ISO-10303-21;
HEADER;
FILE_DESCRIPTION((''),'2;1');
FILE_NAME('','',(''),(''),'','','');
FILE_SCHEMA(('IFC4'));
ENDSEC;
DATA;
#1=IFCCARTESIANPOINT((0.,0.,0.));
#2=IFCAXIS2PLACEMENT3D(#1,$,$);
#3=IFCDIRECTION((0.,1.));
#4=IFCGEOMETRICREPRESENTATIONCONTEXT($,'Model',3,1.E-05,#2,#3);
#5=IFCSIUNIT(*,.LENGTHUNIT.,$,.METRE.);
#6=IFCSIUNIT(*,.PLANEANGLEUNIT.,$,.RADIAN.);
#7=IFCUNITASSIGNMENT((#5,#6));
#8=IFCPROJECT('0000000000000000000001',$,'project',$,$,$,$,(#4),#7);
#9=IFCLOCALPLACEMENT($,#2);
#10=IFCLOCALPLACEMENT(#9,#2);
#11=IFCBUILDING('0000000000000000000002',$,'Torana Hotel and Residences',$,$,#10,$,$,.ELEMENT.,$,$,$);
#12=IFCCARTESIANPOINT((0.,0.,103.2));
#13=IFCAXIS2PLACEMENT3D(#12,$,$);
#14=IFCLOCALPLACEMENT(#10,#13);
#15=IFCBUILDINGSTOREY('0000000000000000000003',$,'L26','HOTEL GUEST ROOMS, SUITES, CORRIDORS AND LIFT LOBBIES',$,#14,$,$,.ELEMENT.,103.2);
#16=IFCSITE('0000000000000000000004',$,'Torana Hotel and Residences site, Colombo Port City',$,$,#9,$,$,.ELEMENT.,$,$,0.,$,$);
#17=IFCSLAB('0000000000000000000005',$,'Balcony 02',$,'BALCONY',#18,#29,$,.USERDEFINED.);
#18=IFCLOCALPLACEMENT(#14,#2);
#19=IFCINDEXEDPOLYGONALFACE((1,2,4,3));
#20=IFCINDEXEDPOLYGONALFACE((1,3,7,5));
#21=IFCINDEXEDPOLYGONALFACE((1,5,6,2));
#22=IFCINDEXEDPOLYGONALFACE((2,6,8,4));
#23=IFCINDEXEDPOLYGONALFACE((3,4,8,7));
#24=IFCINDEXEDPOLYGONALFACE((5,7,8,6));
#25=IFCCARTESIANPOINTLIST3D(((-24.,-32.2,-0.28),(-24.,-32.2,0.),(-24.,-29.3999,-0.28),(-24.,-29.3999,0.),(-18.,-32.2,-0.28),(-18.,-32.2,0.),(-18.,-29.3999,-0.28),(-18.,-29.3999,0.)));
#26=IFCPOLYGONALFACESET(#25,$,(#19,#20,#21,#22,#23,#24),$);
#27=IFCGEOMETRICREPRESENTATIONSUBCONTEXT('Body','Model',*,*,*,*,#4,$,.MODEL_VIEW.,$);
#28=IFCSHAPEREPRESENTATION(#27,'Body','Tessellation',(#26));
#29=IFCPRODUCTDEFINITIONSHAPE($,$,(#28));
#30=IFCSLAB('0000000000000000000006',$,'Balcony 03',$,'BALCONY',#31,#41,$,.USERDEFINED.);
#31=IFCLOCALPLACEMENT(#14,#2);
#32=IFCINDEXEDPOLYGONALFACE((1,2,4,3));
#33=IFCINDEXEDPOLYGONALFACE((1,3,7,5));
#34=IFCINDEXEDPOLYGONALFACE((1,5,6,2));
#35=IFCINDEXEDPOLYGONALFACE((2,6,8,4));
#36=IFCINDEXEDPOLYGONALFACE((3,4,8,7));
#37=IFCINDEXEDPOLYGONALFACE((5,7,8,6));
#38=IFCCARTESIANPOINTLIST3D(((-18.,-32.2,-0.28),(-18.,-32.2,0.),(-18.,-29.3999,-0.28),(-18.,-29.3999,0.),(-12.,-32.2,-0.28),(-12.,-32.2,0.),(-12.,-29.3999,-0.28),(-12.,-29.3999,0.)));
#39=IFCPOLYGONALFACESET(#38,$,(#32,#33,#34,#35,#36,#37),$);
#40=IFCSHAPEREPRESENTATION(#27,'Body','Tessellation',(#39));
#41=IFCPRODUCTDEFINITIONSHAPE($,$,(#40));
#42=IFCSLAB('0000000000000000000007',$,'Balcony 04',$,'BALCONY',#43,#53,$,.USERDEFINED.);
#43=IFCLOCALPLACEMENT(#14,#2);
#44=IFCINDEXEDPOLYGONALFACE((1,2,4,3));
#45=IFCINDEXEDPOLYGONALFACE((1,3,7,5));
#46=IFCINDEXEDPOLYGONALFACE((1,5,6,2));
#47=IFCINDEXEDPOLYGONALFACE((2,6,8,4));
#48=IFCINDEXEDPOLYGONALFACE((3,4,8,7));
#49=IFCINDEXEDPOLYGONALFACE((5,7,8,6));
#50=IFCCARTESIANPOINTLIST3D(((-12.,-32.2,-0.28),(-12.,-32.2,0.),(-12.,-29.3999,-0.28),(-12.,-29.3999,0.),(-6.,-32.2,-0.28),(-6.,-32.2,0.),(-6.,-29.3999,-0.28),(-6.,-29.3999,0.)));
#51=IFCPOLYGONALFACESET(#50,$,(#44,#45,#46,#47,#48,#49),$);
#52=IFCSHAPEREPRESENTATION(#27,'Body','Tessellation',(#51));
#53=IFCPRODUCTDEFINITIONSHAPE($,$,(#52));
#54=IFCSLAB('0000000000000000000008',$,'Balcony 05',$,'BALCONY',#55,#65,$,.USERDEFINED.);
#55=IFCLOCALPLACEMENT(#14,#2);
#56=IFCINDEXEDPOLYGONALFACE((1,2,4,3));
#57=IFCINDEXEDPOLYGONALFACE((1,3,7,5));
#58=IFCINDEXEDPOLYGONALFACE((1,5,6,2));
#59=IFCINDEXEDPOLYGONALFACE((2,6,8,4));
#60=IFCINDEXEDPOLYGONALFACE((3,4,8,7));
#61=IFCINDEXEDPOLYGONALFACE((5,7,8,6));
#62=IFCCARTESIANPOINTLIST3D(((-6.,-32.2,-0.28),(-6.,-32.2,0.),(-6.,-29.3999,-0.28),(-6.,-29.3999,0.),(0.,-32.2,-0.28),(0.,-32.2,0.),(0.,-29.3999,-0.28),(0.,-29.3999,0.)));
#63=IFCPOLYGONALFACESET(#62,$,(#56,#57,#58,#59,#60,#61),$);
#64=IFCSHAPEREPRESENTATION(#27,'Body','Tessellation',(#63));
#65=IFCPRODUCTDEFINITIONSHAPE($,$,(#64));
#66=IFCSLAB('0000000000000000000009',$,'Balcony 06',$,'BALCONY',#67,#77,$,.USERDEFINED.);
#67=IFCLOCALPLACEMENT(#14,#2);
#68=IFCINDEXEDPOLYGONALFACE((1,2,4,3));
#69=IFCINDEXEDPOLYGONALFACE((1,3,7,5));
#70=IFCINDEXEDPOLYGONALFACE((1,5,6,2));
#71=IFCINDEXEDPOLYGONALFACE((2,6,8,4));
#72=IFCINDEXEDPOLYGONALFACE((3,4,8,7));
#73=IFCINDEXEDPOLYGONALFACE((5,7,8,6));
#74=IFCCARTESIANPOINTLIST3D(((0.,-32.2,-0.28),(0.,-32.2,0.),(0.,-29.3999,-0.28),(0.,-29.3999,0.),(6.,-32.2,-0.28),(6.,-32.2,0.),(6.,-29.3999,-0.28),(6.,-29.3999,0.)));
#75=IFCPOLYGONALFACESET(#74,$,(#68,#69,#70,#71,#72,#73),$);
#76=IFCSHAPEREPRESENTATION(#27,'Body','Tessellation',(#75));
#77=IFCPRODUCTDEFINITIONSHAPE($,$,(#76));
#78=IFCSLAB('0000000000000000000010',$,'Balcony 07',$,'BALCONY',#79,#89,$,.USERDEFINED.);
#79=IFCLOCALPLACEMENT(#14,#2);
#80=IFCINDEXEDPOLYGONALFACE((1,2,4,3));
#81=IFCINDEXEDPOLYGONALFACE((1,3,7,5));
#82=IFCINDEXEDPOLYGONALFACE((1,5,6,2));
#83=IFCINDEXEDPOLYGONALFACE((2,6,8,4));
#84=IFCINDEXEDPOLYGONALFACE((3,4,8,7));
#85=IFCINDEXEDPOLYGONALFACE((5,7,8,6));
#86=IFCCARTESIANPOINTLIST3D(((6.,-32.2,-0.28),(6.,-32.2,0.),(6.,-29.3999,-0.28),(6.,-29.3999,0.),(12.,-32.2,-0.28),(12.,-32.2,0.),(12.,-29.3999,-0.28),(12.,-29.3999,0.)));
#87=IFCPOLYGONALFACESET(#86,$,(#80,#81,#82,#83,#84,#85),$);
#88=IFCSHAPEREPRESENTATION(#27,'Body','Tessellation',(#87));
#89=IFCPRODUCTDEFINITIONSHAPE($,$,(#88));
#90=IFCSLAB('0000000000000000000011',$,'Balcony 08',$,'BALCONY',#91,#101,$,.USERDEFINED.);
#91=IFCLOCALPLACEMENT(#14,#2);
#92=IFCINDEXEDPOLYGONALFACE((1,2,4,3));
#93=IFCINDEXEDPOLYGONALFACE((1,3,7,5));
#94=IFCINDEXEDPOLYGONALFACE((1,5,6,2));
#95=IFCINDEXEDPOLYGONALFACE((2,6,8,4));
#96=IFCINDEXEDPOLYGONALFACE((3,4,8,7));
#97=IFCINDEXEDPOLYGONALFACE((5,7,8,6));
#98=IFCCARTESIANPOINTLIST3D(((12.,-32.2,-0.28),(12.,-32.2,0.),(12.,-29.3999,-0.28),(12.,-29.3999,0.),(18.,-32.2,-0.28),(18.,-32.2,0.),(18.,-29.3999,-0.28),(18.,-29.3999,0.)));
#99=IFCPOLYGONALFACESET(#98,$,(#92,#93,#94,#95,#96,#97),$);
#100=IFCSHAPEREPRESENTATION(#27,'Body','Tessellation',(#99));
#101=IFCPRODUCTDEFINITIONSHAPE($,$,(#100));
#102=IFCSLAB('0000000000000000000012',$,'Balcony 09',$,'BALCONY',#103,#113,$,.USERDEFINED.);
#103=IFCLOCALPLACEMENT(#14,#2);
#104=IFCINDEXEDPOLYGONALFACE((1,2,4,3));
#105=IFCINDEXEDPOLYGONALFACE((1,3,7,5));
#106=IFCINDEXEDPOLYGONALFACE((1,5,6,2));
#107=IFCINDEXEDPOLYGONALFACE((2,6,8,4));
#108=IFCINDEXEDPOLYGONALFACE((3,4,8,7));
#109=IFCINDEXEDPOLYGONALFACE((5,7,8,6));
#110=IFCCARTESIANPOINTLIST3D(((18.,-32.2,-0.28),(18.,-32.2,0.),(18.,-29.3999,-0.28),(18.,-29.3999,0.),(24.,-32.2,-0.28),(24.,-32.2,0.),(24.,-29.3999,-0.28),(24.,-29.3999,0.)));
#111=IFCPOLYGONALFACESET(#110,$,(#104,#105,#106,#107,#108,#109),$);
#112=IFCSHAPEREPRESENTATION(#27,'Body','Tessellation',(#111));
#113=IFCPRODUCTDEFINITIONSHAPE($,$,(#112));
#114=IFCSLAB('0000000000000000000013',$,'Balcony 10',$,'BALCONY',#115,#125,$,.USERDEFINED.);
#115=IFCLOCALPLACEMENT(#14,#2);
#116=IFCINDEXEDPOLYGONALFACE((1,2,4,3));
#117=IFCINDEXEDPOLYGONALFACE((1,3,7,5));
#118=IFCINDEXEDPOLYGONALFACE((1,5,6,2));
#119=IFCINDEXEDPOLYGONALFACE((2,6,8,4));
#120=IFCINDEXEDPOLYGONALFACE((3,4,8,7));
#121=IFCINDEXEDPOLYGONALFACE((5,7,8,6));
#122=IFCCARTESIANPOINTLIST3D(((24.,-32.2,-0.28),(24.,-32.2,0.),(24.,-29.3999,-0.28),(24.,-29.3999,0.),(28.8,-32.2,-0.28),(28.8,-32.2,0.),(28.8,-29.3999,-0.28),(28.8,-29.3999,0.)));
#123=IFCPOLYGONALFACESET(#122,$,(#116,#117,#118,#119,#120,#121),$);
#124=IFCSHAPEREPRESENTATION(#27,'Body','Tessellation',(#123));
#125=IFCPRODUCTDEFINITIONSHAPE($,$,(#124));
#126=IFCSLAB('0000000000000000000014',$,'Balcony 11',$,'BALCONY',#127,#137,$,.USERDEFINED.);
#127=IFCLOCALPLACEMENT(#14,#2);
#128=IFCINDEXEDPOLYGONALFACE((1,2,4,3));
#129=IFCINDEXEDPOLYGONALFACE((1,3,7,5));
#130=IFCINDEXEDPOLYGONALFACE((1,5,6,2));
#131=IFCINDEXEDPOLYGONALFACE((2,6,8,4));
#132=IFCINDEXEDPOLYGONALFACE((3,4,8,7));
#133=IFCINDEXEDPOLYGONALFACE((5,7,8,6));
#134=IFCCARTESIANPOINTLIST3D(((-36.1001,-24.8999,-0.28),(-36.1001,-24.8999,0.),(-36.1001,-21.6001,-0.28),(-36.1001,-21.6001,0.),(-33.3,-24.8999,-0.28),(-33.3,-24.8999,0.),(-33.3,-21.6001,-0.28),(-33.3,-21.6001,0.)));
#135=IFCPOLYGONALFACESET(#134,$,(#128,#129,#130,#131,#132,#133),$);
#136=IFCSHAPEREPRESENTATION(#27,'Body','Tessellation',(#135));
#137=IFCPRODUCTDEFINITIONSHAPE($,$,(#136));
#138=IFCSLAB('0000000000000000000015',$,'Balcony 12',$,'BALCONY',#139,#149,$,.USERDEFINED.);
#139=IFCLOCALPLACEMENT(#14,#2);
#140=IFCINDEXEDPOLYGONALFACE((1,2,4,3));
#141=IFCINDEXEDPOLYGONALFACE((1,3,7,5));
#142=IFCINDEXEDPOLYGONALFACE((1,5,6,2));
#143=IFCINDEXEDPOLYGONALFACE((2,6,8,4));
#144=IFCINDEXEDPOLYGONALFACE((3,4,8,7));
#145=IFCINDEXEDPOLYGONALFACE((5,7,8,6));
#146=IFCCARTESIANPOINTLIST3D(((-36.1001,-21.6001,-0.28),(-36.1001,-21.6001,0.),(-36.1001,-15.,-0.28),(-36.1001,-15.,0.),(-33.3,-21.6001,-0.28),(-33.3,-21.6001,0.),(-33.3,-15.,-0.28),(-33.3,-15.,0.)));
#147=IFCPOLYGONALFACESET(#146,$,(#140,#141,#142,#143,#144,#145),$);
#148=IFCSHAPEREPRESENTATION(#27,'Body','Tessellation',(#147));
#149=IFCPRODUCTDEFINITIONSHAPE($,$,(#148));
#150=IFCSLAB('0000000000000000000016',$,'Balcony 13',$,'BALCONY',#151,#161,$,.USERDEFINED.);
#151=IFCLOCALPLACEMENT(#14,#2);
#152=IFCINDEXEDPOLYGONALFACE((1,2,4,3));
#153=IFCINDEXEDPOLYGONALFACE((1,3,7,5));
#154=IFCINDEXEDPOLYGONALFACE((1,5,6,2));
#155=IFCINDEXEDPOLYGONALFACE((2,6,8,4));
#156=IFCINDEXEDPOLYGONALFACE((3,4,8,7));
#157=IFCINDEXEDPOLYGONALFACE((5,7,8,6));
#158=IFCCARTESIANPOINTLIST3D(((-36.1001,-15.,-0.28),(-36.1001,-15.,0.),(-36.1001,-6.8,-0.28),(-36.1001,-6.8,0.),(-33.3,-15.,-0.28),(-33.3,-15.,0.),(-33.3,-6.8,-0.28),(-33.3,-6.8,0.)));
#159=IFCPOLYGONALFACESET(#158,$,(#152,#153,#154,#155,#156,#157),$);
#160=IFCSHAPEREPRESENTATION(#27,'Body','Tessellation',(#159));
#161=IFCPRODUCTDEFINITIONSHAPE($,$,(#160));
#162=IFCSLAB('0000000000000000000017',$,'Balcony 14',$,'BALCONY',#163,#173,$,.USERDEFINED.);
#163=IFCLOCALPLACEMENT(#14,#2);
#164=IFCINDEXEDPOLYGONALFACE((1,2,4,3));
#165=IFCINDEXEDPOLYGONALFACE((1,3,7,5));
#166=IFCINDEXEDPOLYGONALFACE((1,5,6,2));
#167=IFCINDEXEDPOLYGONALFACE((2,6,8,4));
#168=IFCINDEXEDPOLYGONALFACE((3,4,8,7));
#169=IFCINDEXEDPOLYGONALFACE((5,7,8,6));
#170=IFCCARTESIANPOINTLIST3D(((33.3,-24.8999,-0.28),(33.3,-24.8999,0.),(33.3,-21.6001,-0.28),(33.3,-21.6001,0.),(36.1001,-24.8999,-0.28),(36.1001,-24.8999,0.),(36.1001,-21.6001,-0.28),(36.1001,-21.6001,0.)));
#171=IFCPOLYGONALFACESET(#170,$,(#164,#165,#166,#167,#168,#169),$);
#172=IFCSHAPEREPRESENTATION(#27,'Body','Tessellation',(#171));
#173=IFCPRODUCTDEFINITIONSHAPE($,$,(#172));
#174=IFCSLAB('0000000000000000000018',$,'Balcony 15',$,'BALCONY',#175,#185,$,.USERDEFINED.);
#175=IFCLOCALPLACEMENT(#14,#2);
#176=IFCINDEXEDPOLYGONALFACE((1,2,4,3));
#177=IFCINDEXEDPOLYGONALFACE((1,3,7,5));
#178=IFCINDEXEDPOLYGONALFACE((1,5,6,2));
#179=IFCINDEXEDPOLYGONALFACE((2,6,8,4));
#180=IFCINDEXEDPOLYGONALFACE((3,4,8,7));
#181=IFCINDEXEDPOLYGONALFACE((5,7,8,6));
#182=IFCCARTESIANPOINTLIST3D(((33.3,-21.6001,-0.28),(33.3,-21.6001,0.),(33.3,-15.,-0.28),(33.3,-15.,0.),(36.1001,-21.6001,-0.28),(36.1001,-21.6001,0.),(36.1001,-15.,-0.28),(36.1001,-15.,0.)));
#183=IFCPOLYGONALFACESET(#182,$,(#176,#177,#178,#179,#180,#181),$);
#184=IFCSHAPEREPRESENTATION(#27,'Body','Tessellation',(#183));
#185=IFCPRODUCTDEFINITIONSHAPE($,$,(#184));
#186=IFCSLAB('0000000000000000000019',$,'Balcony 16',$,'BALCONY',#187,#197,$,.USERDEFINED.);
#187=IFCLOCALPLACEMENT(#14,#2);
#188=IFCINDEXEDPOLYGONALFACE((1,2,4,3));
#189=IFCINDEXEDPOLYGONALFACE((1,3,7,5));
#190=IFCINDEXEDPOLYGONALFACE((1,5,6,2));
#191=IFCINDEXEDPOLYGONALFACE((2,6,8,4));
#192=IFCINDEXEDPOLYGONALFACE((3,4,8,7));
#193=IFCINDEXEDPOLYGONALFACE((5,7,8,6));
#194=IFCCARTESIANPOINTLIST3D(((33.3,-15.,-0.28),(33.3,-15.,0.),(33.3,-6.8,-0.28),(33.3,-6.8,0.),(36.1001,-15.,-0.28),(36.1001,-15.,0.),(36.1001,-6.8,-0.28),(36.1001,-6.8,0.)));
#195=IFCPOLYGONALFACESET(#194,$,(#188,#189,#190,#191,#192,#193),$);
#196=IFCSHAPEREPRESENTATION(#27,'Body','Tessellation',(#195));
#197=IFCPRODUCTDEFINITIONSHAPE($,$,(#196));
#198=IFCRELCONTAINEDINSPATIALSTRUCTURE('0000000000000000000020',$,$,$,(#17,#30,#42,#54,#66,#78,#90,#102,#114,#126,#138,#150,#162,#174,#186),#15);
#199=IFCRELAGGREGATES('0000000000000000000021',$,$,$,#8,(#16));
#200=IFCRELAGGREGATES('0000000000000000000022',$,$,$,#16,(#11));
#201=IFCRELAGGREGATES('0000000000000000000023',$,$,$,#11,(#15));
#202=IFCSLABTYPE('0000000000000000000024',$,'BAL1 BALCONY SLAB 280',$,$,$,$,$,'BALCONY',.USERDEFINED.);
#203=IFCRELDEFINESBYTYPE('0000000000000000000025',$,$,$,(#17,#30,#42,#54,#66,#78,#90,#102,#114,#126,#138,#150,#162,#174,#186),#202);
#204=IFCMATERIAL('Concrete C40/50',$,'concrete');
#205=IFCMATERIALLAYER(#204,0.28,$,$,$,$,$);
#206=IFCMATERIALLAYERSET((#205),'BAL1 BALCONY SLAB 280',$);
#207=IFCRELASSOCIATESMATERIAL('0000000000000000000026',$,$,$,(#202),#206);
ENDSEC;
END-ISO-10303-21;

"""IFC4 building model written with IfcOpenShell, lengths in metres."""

from ifc_helpers import new_model, si_unit, direction, frame, origin, place, context, subcontext, project, spatial, polyline, outline, extrude, material, layer, layer_set, type_object, element, save


model = new_model("IFC4")

# Units and contexts
model_context = context("Model", 3, precision=1e-05, world=origin(), true_north=direction((0.0, 1.0)))
body_context = subcontext(model_context, "Body", "Model", "MODEL_VIEW")
ifc_project = project(units=[si_unit("LENGTHUNIT", "METRE"), si_unit("PLANEANGLEUNIT", "RADIAN")], contexts=[model_context])

# Site, building, storey
site_placement = place(None, origin())
site = spatial("IfcSite", under=ifc_project, at=site_placement, Name="Torana Hotel and Residences site, Colombo Port City", CompositionType="ELEMENT", RefElevation=0.0)
building_placement = place(site_placement, origin())
building = spatial("IfcBuilding", under=site, at=building_placement, Name="Torana Hotel and Residences", CompositionType="ELEMENT")
storey_placement = place(building_placement, frame((0.0, 0.0, 103.2)))
storey = spatial("IfcBuildingStorey", under=building, at=storey_placement, Name="L26", Description="HOTEL GUEST ROOMS, SUITES, CORRIDORS AND LIFT LOBBIES", CompositionType="ELEMENT", Elevation=103.2)

# Slabs
ifc_material_1 = material(Name="Concrete C40/50", Category="concrete")
ifc_layer_1 = layer(ifc_material_1, 0.28)
ifc_layer_set_1 = layer_set([ifc_layer_1], Name="BAL1 BALCONY SLAB 280")
slab_type_1 = type_object("IfcSlabType", Name="BAL1 BALCONY SLAB 280", ElementType="BALCONY", PredefinedType="USERDEFINED", material=ifc_layer_set_1)
slab_1_placement = place(storey_placement, frame((0.0, 0.0, -0.28)))
element("IfcSlab", 1, at=slab_1_placement, inside=storey, type_object=slab_type_1, Name="Balcony 02", ObjectType="BALCONY", PredefinedType="USERDEFINED", context=body_context, shape_type="SweptSolid", body=[
    extrude(outline(polyline([(-24.0, -32.2), (-18.0, -32.2), (-18.0, -29.3999), (-24.0, -29.3999), (-24.0, -32.2)])), origin(), (0.0, 0.0, 1.0), 0.28),
])
slab_2_placement = place(storey_placement, frame((0.0, 0.0, -0.28)))
element("IfcSlab", 2, at=slab_2_placement, inside=storey, type_object=slab_type_1, Name="Balcony 03", ObjectType="BALCONY", PredefinedType="USERDEFINED", context=body_context, shape_type="SweptSolid", body=[
    extrude(outline(polyline([(-18.0, -32.2), (-12.0, -32.2), (-12.0, -29.3999), (-18.0, -29.3999), (-18.0, -32.2)])), origin(), (0.0, 0.0, 1.0), 0.28),
])
slab_3_placement = place(storey_placement, frame((0.0, 0.0, -0.28)))
element("IfcSlab", 3, at=slab_3_placement, inside=storey, type_object=slab_type_1, Name="Balcony 04", ObjectType="BALCONY", PredefinedType="USERDEFINED", context=body_context, shape_type="SweptSolid", body=[
    extrude(outline(polyline([(-12.0, -32.2), (-6.0, -32.2), (-6.0, -29.3999), (-12.0, -29.3999), (-12.0, -32.2)])), origin(), (0.0, 0.0, 1.0), 0.28),
])
slab_4_placement = place(storey_placement, frame((0.0, 0.0, -0.28)))
element("IfcSlab", 4, at=slab_4_placement, inside=storey, type_object=slab_type_1, Name="Balcony 05", ObjectType="BALCONY", PredefinedType="USERDEFINED", context=body_context, shape_type="SweptSolid", body=[
    extrude(outline(polyline([(-6.0, -32.2), (0.0, -32.2), (0.0, -29.3999), (-6.0, -29.3999), (-6.0, -32.2)])), origin(), (0.0, 0.0, 1.0), 0.28),
])
slab_5_placement = place(storey_placement, frame((0.0, 0.0, -0.28)))
element("IfcSlab", 5, at=slab_5_placement, inside=storey, type_object=slab_type_1, Name="Balcony 06", ObjectType="BALCONY", PredefinedType="USERDEFINED", context=body_context, shape_type="SweptSolid", body=[
    extrude(outline(polyline([(0.0, -32.2), (6.0, -32.2), (6.0, -29.3999), (0.0, -29.3999), (0.0, -32.2)])), origin(), (0.0, 0.0, 1.0), 0.28),
])
slab_6_placement = place(storey_placement, frame((0.0, 0.0, -0.28)))
element("IfcSlab", 6, at=slab_6_placement, inside=storey, type_object=slab_type_1, Name="Balcony 07", ObjectType="BALCONY", PredefinedType="USERDEFINED", context=body_context, shape_type="SweptSolid", body=[
    extrude(outline(polyline([(6.0, -32.2), (12.0, -32.2), (12.0, -29.3999), (6.0, -29.3999), (6.0, -32.2)])), origin(), (0.0, 0.0, 1.0), 0.28),
])
slab_7_placement = place(storey_placement, frame((0.0, 0.0, -0.28)))
element("IfcSlab", 7, at=slab_7_placement, inside=storey, type_object=slab_type_1, Name="Balcony 08", ObjectType="BALCONY", PredefinedType="USERDEFINED", context=body_context, shape_type="SweptSolid", body=[
    extrude(outline(polyline([(12.0, -32.2), (18.0, -32.2), (18.0, -29.3999), (12.0, -29.3999), (12.0, -32.2)])), origin(), (0.0, 0.0, 1.0), 0.28),
])
slab_8_placement = place(storey_placement, frame((0.0, 0.0, -0.28)))
element("IfcSlab", 8, at=slab_8_placement, inside=storey, type_object=slab_type_1, Name="Balcony 09", ObjectType="BALCONY", PredefinedType="USERDEFINED", context=body_context, shape_type="SweptSolid", body=[
    extrude(outline(polyline([(18.0, -32.2), (24.0, -32.2), (24.0, -29.3999), (18.0, -29.3999), (18.0, -32.2)])), origin(), (0.0, 0.0, 1.0), 0.28),
])
slab_9_placement = place(storey_placement, frame((0.0, 0.0, -0.28)))
element("IfcSlab", 9, at=slab_9_placement, inside=storey, type_object=slab_type_1, Name="Balcony 10", ObjectType="BALCONY", PredefinedType="USERDEFINED", context=body_context, shape_type="SweptSolid", body=[
    extrude(outline(polyline([(24.0, -32.2), (28.8, -32.2), (28.8, -29.3999), (24.0, -29.3999), (24.0, -32.2)])), origin(), (0.0, 0.0, 1.0), 0.28),
])
slab_10_placement = place(storey_placement, frame((0.0, 0.0, -0.28)))
element("IfcSlab", 10, at=slab_10_placement, inside=storey, type_object=slab_type_1, Name="Balcony 11", ObjectType="BALCONY", PredefinedType="USERDEFINED", context=body_context, shape_type="SweptSolid", body=[
    extrude(outline(polyline([(-36.1001, -24.8999), (-33.3, -24.8999), (-33.3, -21.6001), (-36.1001, -21.6001), (-36.1001, -24.8999)])), origin(), (0.0, 0.0, 1.0), 0.28),
])
slab_11_placement = place(storey_placement, frame((0.0, 0.0, -0.28)))
element("IfcSlab", 11, at=slab_11_placement, inside=storey, type_object=slab_type_1, Name="Balcony 12", ObjectType="BALCONY", PredefinedType="USERDEFINED", context=body_context, shape_type="SweptSolid", body=[
    extrude(outline(polyline([(-36.1001, -21.6001), (-33.3, -21.6001), (-33.3, -15.0), (-36.1001, -15.0), (-36.1001, -21.6001)])), origin(), (0.0, 0.0, 1.0), 0.28),
])
slab_12_placement = place(storey_placement, frame((0.0, 0.0, -0.28)))
element("IfcSlab", 12, at=slab_12_placement, inside=storey, type_object=slab_type_1, Name="Balcony 13", ObjectType="BALCONY", PredefinedType="USERDEFINED", context=body_context, shape_type="SweptSolid", body=[
    extrude(outline(polyline([(-36.1001, -15.0), (-33.3, -15.0), (-33.3, -6.8), (-36.1001, -6.8), (-36.1001, -15.0)])), origin(), (0.0, 0.0, 1.0), 0.28),
])
slab_13_placement = place(storey_placement, frame((0.0, 0.0, -0.28)))
element("IfcSlab", 13, at=slab_13_placement, inside=storey, type_object=slab_type_1, Name="Balcony 14", ObjectType="BALCONY", PredefinedType="USERDEFINED", context=body_context, shape_type="SweptSolid", body=[
    extrude(outline(polyline([(33.3, -24.8999), (36.1001, -24.8999), (36.1001, -21.6001), (33.3, -21.6001), (33.3, -24.8999)])), origin(), (0.0, 0.0, 1.0), 0.28),
])
slab_14_placement = place(storey_placement, frame((0.0, 0.0, -0.28)))
element("IfcSlab", 14, at=slab_14_placement, inside=storey, type_object=slab_type_1, Name="Balcony 15", ObjectType="BALCONY", PredefinedType="USERDEFINED", context=body_context, shape_type="SweptSolid", body=[
    extrude(outline(polyline([(33.3, -21.6001), (36.1001, -21.6001), (36.1001, -15.0), (33.3, -15.0), (33.3, -21.6001)])), origin(), (0.0, 0.0, 1.0), 0.28),
])
slab_15_placement = place(storey_placement, frame((0.0, 0.0, -0.28)))
element("IfcSlab", 15, at=slab_15_placement, inside=storey, type_object=slab_type_1, Name="Balcony 16", ObjectType="BALCONY", PredefinedType="USERDEFINED", context=body_context, shape_type="SweptSolid", body=[
    extrude(outline(polyline([(33.3, -15.0), (36.1001, -15.0), (36.1001, -6.8), (33.3, -6.8), (33.3, -15.0)])), origin(), (0.0, 0.0, 1.0), 0.28),
])

save(model, "model.ifc")
